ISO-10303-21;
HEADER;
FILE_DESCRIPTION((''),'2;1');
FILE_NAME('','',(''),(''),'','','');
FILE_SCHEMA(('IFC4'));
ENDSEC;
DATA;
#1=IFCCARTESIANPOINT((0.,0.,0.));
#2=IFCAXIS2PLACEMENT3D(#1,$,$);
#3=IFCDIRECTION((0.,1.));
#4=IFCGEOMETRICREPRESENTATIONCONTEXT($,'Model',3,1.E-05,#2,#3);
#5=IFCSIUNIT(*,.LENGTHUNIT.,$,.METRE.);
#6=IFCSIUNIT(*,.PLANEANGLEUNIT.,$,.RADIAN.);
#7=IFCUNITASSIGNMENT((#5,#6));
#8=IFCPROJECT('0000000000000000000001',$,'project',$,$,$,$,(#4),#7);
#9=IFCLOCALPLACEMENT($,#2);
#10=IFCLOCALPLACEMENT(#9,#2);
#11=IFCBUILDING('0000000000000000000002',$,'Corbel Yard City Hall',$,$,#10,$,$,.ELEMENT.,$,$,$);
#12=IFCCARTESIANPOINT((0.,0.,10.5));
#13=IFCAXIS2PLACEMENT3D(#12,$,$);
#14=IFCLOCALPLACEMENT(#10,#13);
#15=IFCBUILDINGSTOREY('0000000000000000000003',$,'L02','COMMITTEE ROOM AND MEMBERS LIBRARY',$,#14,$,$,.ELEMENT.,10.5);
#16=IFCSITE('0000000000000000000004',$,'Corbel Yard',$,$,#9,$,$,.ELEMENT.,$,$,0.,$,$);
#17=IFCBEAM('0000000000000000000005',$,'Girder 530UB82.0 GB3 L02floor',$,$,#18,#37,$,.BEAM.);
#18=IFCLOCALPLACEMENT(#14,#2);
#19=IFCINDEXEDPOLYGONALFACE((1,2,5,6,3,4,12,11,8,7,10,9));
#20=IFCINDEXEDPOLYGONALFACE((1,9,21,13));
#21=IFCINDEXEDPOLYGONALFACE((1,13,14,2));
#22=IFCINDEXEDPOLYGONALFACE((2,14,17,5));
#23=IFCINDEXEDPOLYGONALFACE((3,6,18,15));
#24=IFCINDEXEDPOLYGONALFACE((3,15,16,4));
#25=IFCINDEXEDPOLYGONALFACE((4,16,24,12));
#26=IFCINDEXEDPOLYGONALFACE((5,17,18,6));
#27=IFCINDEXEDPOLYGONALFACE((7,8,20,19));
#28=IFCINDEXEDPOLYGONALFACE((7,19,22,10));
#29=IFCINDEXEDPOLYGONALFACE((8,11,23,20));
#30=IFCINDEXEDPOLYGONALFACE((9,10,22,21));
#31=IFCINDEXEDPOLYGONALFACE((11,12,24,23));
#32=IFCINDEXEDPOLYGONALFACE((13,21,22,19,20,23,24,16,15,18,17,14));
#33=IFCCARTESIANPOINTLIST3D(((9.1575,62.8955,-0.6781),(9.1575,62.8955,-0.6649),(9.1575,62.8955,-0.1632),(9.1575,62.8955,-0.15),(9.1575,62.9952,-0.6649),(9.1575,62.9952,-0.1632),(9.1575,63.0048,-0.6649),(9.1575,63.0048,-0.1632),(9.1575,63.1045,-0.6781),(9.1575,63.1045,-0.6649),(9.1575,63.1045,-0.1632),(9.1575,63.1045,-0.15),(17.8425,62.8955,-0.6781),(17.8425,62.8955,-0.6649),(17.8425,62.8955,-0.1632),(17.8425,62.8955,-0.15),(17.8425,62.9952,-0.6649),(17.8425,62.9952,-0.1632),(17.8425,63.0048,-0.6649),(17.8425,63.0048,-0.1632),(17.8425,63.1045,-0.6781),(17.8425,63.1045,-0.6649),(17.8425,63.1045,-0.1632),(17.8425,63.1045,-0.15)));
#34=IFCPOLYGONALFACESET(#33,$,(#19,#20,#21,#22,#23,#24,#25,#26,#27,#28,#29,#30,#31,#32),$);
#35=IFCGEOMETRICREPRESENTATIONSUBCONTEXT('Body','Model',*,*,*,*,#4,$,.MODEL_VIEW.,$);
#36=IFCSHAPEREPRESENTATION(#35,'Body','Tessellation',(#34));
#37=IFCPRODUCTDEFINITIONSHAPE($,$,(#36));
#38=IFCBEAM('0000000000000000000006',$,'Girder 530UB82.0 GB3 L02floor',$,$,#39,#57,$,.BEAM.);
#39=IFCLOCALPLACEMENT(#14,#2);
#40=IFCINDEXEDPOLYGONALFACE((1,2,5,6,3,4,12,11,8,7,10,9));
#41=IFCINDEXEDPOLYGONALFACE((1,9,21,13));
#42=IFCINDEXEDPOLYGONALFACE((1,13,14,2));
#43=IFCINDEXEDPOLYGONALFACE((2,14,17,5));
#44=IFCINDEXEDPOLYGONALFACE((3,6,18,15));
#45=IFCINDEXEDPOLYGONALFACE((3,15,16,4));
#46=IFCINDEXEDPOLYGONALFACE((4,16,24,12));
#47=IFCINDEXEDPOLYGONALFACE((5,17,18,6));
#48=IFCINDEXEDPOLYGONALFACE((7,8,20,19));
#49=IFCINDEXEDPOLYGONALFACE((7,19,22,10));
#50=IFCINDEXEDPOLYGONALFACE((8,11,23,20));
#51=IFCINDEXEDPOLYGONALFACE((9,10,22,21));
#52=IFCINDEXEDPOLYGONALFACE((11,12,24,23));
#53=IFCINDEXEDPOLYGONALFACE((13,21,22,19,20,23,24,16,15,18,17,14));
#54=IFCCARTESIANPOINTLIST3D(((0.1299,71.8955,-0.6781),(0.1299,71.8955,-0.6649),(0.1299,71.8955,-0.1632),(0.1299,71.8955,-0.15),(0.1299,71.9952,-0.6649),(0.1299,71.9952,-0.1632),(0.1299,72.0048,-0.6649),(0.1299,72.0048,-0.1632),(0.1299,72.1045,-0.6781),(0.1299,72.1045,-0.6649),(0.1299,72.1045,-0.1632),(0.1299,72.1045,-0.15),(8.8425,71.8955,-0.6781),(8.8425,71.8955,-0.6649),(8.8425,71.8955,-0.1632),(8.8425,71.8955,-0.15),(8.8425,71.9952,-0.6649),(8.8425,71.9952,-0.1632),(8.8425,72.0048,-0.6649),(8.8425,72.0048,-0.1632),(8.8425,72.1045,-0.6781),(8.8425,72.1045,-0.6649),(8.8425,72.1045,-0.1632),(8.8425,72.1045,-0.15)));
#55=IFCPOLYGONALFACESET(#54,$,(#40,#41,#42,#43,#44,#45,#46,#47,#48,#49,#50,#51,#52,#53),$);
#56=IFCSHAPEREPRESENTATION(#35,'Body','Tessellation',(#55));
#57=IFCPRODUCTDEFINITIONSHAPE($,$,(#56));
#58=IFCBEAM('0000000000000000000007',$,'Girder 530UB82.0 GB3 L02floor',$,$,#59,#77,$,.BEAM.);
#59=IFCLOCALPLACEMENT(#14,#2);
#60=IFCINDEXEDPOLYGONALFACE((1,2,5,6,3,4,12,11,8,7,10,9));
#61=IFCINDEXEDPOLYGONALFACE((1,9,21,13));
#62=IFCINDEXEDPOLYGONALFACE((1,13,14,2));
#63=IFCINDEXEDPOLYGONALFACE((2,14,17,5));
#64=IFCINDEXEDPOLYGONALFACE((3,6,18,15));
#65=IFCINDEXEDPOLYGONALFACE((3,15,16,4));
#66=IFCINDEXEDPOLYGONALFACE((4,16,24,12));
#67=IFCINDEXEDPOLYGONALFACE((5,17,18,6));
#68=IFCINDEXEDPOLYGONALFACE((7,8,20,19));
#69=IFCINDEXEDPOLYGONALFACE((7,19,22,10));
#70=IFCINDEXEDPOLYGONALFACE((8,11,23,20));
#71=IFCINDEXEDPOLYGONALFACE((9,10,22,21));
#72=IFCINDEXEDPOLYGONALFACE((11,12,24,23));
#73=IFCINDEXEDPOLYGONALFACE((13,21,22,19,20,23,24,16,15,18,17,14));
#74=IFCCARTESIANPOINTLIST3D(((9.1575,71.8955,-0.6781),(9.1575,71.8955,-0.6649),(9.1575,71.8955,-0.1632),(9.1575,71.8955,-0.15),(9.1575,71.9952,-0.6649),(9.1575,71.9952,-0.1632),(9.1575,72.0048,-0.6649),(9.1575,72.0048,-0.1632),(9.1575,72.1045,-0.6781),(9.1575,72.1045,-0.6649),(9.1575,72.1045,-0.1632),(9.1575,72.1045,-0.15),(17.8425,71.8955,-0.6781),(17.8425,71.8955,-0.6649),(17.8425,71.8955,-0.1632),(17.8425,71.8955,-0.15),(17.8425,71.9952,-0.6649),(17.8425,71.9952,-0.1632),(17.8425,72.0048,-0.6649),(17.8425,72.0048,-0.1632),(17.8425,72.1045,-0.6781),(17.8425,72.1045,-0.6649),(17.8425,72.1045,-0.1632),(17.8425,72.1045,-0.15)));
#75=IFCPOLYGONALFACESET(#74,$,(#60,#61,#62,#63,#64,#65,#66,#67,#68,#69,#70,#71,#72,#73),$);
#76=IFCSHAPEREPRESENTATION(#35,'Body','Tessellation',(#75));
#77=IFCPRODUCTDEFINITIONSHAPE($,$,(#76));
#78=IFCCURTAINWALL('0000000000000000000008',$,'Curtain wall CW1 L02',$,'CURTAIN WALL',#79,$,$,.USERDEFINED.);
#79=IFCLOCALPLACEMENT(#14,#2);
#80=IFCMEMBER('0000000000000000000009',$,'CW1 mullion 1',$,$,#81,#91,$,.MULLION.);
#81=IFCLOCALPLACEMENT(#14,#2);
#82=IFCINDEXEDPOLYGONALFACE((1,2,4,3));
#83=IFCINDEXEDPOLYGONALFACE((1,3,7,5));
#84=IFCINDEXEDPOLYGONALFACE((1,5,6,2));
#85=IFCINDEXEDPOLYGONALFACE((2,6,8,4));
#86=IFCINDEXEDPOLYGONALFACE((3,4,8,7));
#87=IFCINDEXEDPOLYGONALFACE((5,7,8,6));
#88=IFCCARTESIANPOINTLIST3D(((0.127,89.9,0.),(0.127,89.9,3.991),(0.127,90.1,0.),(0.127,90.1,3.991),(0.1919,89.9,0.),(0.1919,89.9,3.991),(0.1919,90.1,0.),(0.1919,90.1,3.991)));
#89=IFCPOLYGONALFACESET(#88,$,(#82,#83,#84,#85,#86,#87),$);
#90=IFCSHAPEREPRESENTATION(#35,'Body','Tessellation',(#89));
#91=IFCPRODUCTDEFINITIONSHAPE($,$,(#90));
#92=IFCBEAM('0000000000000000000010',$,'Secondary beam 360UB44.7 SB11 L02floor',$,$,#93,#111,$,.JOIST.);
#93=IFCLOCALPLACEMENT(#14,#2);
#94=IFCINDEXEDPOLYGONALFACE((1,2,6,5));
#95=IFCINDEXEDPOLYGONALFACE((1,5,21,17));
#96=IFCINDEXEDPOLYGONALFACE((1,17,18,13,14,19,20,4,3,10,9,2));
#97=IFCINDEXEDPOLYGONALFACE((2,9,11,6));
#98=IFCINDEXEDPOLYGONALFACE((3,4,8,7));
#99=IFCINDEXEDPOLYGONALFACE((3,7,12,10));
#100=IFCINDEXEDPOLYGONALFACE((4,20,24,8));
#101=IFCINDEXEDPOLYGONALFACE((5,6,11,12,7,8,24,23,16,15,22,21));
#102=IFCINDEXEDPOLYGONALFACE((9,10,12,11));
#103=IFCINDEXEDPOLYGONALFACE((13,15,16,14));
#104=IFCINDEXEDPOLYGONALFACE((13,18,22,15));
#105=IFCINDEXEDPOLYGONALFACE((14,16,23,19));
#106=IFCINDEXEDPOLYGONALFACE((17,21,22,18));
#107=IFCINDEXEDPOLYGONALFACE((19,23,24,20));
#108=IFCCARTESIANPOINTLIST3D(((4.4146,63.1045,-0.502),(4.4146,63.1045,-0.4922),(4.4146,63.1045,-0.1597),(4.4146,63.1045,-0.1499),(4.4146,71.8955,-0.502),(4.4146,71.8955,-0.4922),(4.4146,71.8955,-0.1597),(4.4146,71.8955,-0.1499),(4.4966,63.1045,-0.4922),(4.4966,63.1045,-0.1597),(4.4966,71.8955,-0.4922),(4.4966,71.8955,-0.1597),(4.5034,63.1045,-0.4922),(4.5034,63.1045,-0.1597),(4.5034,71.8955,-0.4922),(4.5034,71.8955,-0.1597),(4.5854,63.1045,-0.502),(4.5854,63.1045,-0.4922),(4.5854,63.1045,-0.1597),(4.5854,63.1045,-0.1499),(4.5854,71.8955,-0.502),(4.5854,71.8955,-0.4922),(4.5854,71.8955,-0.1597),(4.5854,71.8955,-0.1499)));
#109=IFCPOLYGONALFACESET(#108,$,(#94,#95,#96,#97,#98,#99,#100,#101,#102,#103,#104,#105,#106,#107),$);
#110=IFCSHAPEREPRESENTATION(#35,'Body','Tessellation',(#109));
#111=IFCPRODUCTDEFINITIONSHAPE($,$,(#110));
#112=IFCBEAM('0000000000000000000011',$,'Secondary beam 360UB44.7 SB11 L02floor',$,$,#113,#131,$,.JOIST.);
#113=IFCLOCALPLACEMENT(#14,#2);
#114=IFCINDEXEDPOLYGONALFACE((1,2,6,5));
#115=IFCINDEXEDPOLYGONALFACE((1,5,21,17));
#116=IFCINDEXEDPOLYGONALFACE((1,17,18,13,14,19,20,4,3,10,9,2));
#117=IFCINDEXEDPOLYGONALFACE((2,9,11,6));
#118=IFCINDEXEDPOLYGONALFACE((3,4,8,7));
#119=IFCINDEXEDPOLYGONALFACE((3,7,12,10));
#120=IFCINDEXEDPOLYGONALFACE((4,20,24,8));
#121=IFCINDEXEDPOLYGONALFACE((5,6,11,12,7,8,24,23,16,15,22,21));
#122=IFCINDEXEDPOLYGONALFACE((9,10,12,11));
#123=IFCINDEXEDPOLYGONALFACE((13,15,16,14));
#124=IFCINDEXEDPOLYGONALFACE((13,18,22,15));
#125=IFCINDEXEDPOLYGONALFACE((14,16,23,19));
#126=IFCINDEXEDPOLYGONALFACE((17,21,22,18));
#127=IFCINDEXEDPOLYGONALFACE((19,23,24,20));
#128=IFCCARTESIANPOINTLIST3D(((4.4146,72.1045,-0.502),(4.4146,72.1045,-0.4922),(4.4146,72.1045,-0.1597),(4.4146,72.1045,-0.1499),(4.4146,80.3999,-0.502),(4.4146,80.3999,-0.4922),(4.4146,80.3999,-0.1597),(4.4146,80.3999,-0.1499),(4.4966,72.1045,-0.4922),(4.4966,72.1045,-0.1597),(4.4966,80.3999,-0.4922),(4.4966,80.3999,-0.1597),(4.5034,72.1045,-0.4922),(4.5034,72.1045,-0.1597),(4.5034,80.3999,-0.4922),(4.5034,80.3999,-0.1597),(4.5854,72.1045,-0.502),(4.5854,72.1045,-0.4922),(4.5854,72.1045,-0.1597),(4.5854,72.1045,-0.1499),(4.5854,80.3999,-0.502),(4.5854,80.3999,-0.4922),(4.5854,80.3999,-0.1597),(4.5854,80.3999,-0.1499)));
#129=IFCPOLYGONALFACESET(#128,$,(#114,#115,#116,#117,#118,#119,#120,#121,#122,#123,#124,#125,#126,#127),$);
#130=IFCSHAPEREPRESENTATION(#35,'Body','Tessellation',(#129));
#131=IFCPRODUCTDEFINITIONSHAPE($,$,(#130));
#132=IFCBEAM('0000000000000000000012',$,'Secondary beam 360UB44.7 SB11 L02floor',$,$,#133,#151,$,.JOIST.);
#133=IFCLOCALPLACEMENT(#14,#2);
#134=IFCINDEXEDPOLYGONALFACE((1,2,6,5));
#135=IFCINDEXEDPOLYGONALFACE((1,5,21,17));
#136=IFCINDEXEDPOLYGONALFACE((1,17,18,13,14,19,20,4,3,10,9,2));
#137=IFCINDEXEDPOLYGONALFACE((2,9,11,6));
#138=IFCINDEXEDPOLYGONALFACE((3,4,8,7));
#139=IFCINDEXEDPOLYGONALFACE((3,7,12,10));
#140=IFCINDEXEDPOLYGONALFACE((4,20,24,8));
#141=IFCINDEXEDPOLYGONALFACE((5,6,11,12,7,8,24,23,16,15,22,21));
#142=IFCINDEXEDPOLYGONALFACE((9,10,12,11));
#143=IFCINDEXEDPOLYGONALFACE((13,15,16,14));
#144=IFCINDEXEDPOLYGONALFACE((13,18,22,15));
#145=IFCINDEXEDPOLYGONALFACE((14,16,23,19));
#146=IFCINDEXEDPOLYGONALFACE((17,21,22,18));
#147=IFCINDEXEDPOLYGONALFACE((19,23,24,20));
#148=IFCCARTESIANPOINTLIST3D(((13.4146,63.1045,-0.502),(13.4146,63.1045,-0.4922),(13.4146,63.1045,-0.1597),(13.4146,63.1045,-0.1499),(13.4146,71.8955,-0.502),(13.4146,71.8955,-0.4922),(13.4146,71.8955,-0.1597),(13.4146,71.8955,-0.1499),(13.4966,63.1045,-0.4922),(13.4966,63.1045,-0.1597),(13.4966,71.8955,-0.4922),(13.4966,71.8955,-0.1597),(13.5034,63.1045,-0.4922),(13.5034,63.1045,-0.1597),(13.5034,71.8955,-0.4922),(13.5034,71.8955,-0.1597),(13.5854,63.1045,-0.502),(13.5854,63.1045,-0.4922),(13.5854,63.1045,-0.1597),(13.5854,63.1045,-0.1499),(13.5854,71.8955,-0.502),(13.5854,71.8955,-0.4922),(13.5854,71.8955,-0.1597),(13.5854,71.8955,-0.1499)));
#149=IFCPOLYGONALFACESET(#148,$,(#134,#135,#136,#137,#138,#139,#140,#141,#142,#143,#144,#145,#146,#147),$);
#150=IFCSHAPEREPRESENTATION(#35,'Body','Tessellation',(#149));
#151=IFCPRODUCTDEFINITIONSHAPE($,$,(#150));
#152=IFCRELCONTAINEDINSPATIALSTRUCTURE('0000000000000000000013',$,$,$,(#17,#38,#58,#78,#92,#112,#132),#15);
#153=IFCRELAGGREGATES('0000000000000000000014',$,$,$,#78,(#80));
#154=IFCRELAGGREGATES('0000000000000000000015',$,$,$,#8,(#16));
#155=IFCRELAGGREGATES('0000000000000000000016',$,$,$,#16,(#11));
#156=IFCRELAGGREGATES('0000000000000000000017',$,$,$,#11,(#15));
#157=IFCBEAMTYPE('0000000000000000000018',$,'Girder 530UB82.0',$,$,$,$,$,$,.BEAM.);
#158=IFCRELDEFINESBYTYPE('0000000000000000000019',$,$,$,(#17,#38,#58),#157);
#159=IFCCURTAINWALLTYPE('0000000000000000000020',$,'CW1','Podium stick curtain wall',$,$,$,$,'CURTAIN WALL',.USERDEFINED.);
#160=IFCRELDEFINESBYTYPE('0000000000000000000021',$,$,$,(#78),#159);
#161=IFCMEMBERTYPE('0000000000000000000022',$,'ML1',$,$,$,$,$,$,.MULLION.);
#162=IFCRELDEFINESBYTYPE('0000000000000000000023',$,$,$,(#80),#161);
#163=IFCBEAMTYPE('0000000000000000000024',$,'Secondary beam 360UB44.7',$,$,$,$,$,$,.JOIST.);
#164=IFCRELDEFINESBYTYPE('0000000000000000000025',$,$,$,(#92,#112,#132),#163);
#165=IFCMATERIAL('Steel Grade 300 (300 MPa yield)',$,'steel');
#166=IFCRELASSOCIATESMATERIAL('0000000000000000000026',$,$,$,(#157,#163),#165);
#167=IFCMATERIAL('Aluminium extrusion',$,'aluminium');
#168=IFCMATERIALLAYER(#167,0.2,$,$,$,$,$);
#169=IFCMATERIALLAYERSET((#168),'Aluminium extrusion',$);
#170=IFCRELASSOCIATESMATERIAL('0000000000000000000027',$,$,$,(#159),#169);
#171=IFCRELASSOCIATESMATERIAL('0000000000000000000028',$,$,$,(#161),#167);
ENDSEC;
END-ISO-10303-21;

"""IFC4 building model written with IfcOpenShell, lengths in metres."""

from ifc_helpers import new_model, si_unit, direction, frame, origin, origin_2d, place, context, subcontext, project, spatial, rectangle, i_section, extrude, material, layer, layer_set, material_profile, profile_set, type_object, element, aggregate, save


model = new_model("IFC4")

# Units and contexts
model_context = context("Model", 3, precision=1e-05, world=origin(), true_north=direction((0.0, 1.0)))
body_context = subcontext(model_context, "Body", "Model", "MODEL_VIEW")
ifc_project = project(units=[si_unit("LENGTHUNIT", "METRE"), si_unit("PLANEANGLEUNIT", "RADIAN")], contexts=[model_context])

# Site, building, storey
site_placement = place(None, origin())
site = spatial("IfcSite", under=ifc_project, at=site_placement, Name="Corbel Yard", CompositionType="ELEMENT", RefElevation=0.0)
building_placement = place(site_placement, origin())
building = spatial("IfcBuilding", under=site, at=building_placement, Name="Corbel Yard City Hall", CompositionType="ELEMENT")
storey_placement = place(building_placement, frame((0.0, 0.0, 10.5)))
storey = spatial("IfcBuildingStorey", under=building, at=storey_placement, Name="L02", Description="COMMITTEE ROOM AND MEMBERS LIBRARY", CompositionType="ELEMENT", Elevation=10.5)

# Shared definitions
ifc_material_1 = material(Name="Steel Grade 300 (300 MPa yield)", Category="steel")

# Beams
ifc_material_profile_1 = material_profile(ifc_material_1, i_section(OverallWidth=0.209, OverallDepth=0.5281, WebThickness=0.0095, FlangeThickness=0.0132, at=origin_2d()), Name="530UB82.0")
ifc_profile_set_1 = profile_set([ifc_material_profile_1], Name="Steel Grade 300 (300 MPa yield)")
beam_type_1 = type_object("IfcBeamType", Name="Girder 530UB82.0", PredefinedType="BEAM", material=ifc_profile_set_1)
beam_1_placement = place(storey_placement, frame((9.1575, 63.0, -0.4141), z_axis=(1.0, 0.0, 0.0), x_axis=(0.0, 1.0, 0.0)))
element("IfcBeam", 1, at=beam_1_placement, inside=storey, type_object=beam_type_1, Name="Girder 530UB82.0 GB3 L02floor", PredefinedType="BEAM", context=body_context, shape_type="SweptSolid", body=[
    extrude(i_section(OverallWidth=0.209, OverallDepth=0.5281, WebThickness=0.0095, FlangeThickness=0.0132, at=origin_2d()), origin(), (0.0, 0.0, 1.0), 8.6851),
])
beam_2_placement = place(storey_placement, frame((0.1299, 72.0, -0.4141), z_axis=(1.0, 0.0, 0.0), x_axis=(0.0, 1.0, 0.0)))
element("IfcBeam", 2, at=beam_2_placement, inside=storey, type_object=beam_type_1, Name="Girder 530UB82.0 GB3 L02floor", PredefinedType="BEAM", context=body_context, shape_type="SweptSolid", body=[
    extrude(i_section(OverallWidth=0.209, OverallDepth=0.5281, WebThickness=0.0095, FlangeThickness=0.0132, at=origin_2d()), origin(), (0.0, 0.0, 1.0), 8.7126),
])
beam_3_placement = place(storey_placement, frame((9.1575, 72.0, -0.4141), z_axis=(1.0, 0.0, 0.0), x_axis=(0.0, 1.0, 0.0)))
element("IfcBeam", 3, at=beam_3_placement, inside=storey, type_object=beam_type_1, Name="Girder 530UB82.0 GB3 L02floor", PredefinedType="BEAM", context=body_context, shape_type="SweptSolid", body=[
    extrude(i_section(OverallWidth=0.209, OverallDepth=0.5281, WebThickness=0.0095, FlangeThickness=0.0132, at=origin_2d()), origin(), (0.0, 0.0, 1.0), 8.6851),
])

# Curtain wall, member
ifc_material_2 = material(Name="Aluminium extrusion", Category="aluminium")
ifc_layer_1 = layer(ifc_material_2, 0.2)
ifc_layer_set_1 = layer_set([ifc_layer_1], Name="Aluminium extrusion")
curtain_wall_type = type_object("IfcCurtainWallType", Name="CW1", Description="Podium stick curtain wall", ElementType="CURTAIN WALL", PredefinedType="USERDEFINED", material=ifc_layer_set_1)
curtain_wall_placement = place(storey_placement, origin())
curtain_wall = element("IfcCurtainWall", 4, at=curtain_wall_placement, inside=storey, type_object=curtain_wall_type, Name="Curtain wall CW1 L02", ObjectType="CURTAIN WALL", PredefinedType="USERDEFINED")
ifc_material_profile_2 = material_profile(ifc_material_2, rectangle(XDim=0.2, YDim=0.0649, at=origin_2d()), Name="200x65")
ifc_profile_set_2 = profile_set([ifc_material_profile_2], Name="Aluminium extrusion")
member_type = type_object("IfcMemberType", Name="ML1", PredefinedType="MULLION", material=ifc_profile_set_2)
member_placement = place(storey_placement, frame((0.1594, 90.0, 0.0), z_axis=(0.0, 0.0, 1.0), x_axis=(0.0, 1.0, 0.0)))
member = element("IfcMember", 5, at=member_placement, type_object=member_type, Name="CW1 mullion 1", PredefinedType="MULLION", context=body_context, shape_type="SweptSolid", body=[
    extrude(rectangle(XDim=0.2, YDim=0.0649, at=origin_2d()), origin(), (0.0, 0.0, 1.0), 3.991),
])
aggregate(curtain_wall, [member])

# Beams
ifc_material_profile_3 = material_profile(ifc_material_1, i_section(OverallWidth=0.1709, OverallDepth=0.3521, WebThickness=0.0068, FlangeThickness=0.0098, at=origin_2d()), Name="360UB44.7")
ifc_profile_set_3 = profile_set([ifc_material_profile_3], Name="Steel Grade 300 (300 MPa yield)")
beam_type_2 = type_object("IfcBeamType", Name="Secondary beam 360UB44.7", PredefinedType="JOIST", material=ifc_profile_set_3)
beam_4_placement = place(storey_placement, frame((4.5, 63.1045, -0.3259), z_axis=(0.0, 1.0, 0.0), x_axis=(-1.0, 0.0, 0.0)))
element("IfcBeam", 6, at=beam_4_placement, inside=storey, type_object=beam_type_2, Name="Secondary beam 360UB44.7 SB11 L02floor", PredefinedType="JOIST", context=body_context, shape_type="SweptSolid", body=[
    extrude(i_section(OverallWidth=0.1709, OverallDepth=0.3521, WebThickness=0.0068, FlangeThickness=0.0098, at=origin_2d()), origin(), (0.0, 0.0, 1.0), 8.791),
])
beam_5_placement = place(storey_placement, frame((4.5, 72.1045, -0.3259), z_axis=(0.0, 1.0, 0.0), x_axis=(-1.0, 0.0, 0.0)))
element("IfcBeam", 7, at=beam_5_placement, inside=storey, type_object=beam_type_2, Name="Secondary beam 360UB44.7 SB11 L02floor", PredefinedType="JOIST", context=body_context, shape_type="SweptSolid", body=[
    extrude(i_section(OverallWidth=0.1709, OverallDepth=0.3521, WebThickness=0.0068, FlangeThickness=0.0098, at=origin_2d()), origin(), (0.0, 0.0, 1.0), 8.2954),
])
beam_6_placement = place(storey_placement, frame((13.5, 63.1045, -0.3259), z_axis=(0.0, 1.0, 0.0), x_axis=(-1.0, 0.0, 0.0)))
element("IfcBeam", 8, at=beam_6_placement, inside=storey, type_object=beam_type_2, Name="Secondary beam 360UB44.7 SB11 L02floor", PredefinedType="JOIST", context=body_context, shape_type="SweptSolid", body=[
    extrude(i_section(OverallWidth=0.1709, OverallDepth=0.3521, WebThickness=0.0068, FlangeThickness=0.0098, at=origin_2d()), origin(), (0.0, 0.0, 1.0), 8.791),
])

save(model, "model.ifc")
